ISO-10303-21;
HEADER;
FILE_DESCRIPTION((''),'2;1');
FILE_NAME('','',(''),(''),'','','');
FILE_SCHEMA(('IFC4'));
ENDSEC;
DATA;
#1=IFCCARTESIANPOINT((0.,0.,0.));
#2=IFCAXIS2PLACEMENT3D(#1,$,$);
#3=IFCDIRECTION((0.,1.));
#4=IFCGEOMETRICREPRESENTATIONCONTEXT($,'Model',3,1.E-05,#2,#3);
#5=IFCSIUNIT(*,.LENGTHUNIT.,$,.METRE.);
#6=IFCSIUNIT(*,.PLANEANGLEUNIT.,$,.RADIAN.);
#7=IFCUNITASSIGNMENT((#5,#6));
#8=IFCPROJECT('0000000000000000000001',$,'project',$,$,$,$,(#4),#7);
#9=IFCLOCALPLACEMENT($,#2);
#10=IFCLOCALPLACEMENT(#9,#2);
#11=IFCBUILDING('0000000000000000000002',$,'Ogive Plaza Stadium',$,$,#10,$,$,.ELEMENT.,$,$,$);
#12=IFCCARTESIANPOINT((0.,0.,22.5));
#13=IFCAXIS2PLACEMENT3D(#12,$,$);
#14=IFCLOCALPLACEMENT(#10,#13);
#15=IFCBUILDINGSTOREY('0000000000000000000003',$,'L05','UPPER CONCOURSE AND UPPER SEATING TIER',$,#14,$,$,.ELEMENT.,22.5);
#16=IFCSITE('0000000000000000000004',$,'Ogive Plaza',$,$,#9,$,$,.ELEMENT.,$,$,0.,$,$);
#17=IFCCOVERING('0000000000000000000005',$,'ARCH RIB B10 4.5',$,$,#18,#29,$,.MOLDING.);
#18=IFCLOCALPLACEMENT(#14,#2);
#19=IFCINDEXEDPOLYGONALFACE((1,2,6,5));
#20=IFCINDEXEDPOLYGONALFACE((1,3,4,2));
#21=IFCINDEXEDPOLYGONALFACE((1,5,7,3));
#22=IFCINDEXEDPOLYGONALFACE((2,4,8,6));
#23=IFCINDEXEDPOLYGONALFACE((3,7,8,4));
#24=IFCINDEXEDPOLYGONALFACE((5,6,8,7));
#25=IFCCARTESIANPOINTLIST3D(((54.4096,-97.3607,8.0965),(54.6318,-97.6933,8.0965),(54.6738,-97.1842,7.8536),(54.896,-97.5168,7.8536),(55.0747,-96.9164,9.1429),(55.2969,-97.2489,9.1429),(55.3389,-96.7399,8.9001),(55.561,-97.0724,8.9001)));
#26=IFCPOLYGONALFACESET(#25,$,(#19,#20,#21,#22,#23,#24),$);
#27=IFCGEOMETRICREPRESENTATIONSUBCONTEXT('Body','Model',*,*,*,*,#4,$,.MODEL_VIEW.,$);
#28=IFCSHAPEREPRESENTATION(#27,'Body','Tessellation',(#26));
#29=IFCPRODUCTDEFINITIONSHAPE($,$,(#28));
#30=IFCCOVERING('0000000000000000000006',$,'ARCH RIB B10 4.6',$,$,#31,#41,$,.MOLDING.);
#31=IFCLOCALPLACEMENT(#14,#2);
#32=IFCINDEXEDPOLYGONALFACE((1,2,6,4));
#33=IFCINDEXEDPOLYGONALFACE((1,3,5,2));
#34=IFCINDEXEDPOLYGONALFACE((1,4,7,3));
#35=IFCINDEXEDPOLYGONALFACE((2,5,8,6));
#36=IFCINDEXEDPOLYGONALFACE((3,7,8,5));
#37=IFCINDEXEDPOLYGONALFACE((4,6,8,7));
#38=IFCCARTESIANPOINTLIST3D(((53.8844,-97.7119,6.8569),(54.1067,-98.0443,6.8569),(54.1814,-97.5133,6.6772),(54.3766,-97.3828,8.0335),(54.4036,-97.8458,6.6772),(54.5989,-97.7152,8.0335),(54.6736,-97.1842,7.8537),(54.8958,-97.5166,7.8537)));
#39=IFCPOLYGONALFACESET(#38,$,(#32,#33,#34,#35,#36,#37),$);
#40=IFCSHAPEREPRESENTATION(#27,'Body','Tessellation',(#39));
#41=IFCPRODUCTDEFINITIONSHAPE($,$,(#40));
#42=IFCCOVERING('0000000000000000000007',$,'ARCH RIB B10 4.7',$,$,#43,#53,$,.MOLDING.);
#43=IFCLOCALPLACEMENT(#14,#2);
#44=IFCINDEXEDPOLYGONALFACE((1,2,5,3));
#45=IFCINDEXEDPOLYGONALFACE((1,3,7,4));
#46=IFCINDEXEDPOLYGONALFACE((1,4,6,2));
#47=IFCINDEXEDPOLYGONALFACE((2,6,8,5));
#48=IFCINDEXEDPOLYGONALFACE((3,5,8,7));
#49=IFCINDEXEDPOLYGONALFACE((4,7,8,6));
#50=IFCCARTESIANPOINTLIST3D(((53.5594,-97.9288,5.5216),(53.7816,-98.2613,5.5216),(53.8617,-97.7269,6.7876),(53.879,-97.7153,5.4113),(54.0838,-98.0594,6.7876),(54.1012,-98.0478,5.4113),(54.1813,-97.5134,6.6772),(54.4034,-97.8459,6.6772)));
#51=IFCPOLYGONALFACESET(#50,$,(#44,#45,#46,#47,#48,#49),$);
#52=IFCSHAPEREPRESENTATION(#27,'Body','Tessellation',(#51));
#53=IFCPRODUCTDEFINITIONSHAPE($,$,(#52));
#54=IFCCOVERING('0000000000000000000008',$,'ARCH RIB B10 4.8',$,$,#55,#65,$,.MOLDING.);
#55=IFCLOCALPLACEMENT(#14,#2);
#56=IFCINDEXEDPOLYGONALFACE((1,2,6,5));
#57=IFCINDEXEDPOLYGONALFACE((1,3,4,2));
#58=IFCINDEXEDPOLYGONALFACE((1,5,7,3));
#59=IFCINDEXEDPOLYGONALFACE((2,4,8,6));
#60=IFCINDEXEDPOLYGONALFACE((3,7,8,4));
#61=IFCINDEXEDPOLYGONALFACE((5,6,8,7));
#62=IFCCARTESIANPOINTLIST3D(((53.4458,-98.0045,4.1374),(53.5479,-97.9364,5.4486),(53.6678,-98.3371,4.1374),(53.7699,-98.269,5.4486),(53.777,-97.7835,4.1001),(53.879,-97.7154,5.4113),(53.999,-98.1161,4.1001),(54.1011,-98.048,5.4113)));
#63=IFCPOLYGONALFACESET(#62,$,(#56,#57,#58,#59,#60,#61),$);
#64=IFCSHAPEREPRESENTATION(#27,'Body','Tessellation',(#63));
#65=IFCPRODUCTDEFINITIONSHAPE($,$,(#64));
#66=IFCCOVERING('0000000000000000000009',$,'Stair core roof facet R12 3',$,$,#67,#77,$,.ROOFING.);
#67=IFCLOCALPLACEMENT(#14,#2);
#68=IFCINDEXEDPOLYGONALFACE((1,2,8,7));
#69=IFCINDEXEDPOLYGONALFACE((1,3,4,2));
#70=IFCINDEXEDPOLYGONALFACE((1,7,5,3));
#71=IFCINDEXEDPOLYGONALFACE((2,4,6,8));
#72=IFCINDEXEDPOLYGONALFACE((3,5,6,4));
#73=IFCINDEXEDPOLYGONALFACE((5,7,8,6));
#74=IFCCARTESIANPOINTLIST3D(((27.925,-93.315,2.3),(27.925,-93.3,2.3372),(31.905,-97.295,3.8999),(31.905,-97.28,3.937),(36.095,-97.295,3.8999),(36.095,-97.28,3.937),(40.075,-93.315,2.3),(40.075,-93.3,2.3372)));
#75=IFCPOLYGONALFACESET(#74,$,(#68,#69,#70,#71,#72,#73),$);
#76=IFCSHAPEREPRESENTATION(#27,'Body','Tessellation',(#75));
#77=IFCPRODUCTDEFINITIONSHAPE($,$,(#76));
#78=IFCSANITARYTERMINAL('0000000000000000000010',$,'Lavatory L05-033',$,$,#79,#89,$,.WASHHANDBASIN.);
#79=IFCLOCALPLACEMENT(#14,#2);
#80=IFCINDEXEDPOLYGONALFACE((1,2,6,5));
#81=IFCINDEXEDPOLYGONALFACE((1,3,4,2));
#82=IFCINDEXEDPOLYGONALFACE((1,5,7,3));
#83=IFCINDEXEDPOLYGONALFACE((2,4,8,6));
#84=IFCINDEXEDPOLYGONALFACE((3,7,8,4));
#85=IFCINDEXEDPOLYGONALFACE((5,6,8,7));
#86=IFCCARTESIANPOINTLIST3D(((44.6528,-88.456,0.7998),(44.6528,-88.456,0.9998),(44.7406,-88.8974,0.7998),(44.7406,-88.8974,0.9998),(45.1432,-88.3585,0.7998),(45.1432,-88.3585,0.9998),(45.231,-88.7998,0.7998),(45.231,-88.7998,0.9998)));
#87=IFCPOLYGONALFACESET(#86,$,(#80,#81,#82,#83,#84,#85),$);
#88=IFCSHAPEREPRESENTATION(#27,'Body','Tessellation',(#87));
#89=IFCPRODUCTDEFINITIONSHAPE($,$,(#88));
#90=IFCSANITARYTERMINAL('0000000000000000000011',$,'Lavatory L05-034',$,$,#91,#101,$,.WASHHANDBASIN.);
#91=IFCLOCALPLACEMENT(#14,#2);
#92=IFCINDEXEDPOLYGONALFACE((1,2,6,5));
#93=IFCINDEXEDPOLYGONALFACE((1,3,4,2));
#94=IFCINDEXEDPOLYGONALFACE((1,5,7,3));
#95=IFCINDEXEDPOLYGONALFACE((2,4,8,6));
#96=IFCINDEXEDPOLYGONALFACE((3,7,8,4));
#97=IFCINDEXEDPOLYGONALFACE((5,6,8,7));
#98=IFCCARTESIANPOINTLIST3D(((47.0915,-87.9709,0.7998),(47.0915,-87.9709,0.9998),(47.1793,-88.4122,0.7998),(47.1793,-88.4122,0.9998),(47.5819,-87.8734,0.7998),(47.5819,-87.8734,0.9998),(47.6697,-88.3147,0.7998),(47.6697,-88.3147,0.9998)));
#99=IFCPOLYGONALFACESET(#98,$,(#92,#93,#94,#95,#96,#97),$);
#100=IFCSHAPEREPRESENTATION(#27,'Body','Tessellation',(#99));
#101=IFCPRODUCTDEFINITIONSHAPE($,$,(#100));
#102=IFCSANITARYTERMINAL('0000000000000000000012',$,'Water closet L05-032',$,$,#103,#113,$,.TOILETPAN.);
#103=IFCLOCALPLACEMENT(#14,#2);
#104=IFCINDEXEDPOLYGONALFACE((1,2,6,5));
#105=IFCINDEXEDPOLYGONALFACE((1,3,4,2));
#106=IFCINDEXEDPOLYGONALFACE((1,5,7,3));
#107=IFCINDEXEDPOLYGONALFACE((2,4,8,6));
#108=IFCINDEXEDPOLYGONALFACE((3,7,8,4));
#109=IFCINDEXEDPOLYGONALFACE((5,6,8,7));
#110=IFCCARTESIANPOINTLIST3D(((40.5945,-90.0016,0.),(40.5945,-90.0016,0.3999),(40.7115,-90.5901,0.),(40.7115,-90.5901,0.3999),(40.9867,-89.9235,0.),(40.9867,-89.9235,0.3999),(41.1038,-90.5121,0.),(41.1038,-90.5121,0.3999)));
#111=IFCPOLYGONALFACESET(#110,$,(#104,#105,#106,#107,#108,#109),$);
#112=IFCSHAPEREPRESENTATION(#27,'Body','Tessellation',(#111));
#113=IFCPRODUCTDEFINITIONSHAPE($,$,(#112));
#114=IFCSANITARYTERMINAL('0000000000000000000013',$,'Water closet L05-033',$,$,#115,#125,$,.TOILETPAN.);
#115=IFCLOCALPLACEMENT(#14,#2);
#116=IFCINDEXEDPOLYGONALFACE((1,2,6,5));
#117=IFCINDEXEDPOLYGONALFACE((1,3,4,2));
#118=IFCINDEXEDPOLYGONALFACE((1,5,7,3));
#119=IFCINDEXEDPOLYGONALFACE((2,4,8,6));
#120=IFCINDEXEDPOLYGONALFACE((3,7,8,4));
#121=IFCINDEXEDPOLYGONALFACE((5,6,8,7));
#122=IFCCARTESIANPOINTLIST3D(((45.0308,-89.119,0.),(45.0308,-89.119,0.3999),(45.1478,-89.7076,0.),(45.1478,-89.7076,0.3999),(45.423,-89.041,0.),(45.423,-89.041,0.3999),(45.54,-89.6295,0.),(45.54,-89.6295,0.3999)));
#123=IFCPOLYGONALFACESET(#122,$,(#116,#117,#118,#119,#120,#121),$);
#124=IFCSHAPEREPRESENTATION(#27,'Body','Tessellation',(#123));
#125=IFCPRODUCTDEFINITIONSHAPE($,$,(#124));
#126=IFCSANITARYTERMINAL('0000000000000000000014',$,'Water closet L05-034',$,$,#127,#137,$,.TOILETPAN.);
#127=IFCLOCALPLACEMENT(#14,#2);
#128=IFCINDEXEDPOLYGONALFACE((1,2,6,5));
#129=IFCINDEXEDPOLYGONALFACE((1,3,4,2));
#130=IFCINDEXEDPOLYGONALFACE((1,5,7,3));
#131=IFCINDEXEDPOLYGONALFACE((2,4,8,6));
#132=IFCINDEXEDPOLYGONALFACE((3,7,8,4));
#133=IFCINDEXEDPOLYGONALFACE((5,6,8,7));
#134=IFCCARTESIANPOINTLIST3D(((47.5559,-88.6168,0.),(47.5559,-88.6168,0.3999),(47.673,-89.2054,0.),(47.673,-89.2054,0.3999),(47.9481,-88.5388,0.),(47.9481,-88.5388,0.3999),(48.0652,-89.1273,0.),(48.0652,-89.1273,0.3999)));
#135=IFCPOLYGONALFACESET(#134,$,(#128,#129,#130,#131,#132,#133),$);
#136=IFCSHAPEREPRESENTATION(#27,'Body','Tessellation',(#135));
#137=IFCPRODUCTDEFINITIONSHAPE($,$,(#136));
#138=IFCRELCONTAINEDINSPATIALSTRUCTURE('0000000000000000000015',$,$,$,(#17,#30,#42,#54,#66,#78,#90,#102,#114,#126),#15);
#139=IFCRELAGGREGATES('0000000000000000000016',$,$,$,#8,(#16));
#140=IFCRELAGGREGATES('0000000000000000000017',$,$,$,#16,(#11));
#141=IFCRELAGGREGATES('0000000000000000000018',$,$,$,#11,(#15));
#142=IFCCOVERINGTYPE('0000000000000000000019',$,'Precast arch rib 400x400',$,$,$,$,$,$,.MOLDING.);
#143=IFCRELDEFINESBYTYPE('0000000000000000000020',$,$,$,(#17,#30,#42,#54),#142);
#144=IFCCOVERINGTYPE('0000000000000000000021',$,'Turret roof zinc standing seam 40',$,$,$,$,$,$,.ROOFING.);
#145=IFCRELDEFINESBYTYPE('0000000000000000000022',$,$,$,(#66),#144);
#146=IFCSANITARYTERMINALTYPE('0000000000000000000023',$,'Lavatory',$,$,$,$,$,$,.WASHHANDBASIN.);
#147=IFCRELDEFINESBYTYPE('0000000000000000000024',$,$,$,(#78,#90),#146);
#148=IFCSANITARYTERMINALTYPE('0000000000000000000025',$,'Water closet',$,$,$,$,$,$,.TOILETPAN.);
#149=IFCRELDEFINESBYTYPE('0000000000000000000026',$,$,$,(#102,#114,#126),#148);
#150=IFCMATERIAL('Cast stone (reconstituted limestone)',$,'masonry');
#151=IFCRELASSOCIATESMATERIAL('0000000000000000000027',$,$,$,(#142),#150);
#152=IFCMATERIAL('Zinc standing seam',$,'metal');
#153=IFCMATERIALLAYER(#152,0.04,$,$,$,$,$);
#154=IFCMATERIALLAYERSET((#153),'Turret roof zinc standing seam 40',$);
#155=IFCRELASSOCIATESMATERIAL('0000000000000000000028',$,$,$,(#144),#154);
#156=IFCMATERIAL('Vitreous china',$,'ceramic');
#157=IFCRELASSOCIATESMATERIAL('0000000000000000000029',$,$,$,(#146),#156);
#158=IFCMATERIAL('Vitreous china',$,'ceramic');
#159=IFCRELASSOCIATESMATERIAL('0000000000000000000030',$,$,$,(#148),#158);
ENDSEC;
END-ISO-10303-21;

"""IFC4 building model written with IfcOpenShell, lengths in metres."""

from ifc_helpers import new_model, si_unit, direction, frame, origin, origin_2d, place, context, subcontext, project, spatial, polyline, rectangle, outline, extrude, material, layer, layer_set, material_profile, profile_set, type_object, element, save


model = new_model("IFC4")

# Units and contexts
model_context = context("Model", 3, precision=1e-05, world=origin(), true_north=direction((0.0, 1.0)))
body_context = subcontext(model_context, "Body", "Model", "MODEL_VIEW")
ifc_project = project(units=[si_unit("LENGTHUNIT", "METRE"), si_unit("PLANEANGLEUNIT", "RADIAN")], contexts=[model_context])

# Site, building, storey
site_placement = place(None, origin())
site = spatial("IfcSite", under=ifc_project, at=site_placement, Name="Ogive Plaza", CompositionType="ELEMENT", RefElevation=0.0)
building_placement = place(site_placement, origin())
building = spatial("IfcBuilding", under=site, at=building_placement, Name="Ogive Plaza Stadium", CompositionType="ELEMENT")
storey_placement = place(building_placement, frame((0.0, 0.0, 22.5)))
storey = spatial("IfcBuildingStorey", under=building, at=storey_placement, Name="L05", Description="UPPER CONCOURSE AND UPPER SEATING TIER", CompositionType="ELEMENT", Elevation=22.5)

# Coverings
ifc_material_1 = material(Name="Cast stone (reconstituted limestone)", Category="masonry")
ifc_material_profile_1 = material_profile(ifc_material_1, rectangle(XDim=0.3999, YDim=0.3999, at=origin_2d()), Name="Cast stone 400x400")
ifc_profile_set_1 = profile_set([ifc_material_profile_1], Name="Cast stone (reconstituted limestone)")
covering_type_1 = type_object("IfcCoveringType", Name="Precast arch rib 400x400", PredefinedType="MOLDING", material=ifc_profile_set_1)
for number, where, z_axis, x_axis, name in (
    (1, (55.3179, -96.9944, 9.0215), (-0.504944, -0.337371, -0.794489), (0.555545, -0.831486, 0.0), "ARCH RIB B10 4.5"),
    (2, (54.6362, -97.4497, 7.9436), (-0.373692, -0.249869, -0.893264), (0.555842, -0.831288, 0.0), "ARCH RIB B10 4.6"),
    (3, (54.1326, -97.7864, 6.7324), (-0.229492, -0.153304, -0.961161), (0.555475, -0.831533, 0.0), "ARCH RIB B10 4.7"),
):
    element("IfcCovering", number, at=place(storey_placement, frame(where, z_axis=z_axis, x_axis=x_axis)), inside=storey, type_object=covering_type_1, Name=name, PredefinedType="MOLDING", context=body_context, shape_type="SweptSolid", body=[
        extrude(rectangle(XDim=0.3999, YDim=0.3999, at=origin_2d()), origin(), (0.0, 0.0, 1.0), 1.3171),
    ])
covering_1_placement = place(storey_placement, frame((53.8245, -97.9922, 5.4299), z_axis=(-0.077487, -0.05172, -0.995651), x_axis=(0.555159, -0.831744, 0.0)))
element("IfcCovering", 4, at=covering_1_placement, inside=storey, type_object=covering_type_1, Name="ARCH RIB B10 4.8", PredefinedType="MOLDING", context=body_context, shape_type="SweptSolid", body=[
    extrude(rectangle(XDim=0.3999, YDim=0.3999, at=origin_2d()), origin(), (0.0, 0.0, 1.0), 1.3169),
])
ifc_material_2 = material(Name="Zinc standing seam", Category="metal")
ifc_layer_1 = layer(ifc_material_2, 0.04)
ifc_layer_set_1 = layer_set([ifc_layer_1], Name="Turret roof zinc standing seam 40")
covering_type_2 = type_object("IfcCoveringType", Name="Turret roof zinc standing seam 40", PredefinedType="ROOFING", material=ifc_layer_set_1)
covering_2_placement = place(storey_placement, frame((40.075, -93.3, 2.3372), z_axis=(0.0, 0.37297, 0.927843), x_axis=(-1.0, 0.0, 0.0)))
element("IfcCovering", 5, at=covering_2_placement, inside=storey, type_object=covering_type_2, Name="Stair core roof facet R12 3", PredefinedType="ROOFING", context=body_context, shape_type="SweptSolid", body=[
    extrude(outline(polyline([(0.0, 0.0), (12.1499, 0.0), (8.1699, 4.2895), (3.98, 4.2895), (0.0, 0.0)])), origin(), (0.0, 0.0, -1.0), 0.04),
])

# Sanitary terminals
ifc_material_3 = material(Name="Vitreous china", Category="ceramic")
sanitary_terminal_type_1 = type_object("IfcSanitaryTerminalType", Name="Lavatory", PredefinedType="WASHHANDBASIN", material=ifc_material_3)
for number, where, z_axis, x_axis, name in (
    (6, (44.9419, -88.6279, 0.7998), (0.0, 0.0, 1.0), (-0.980785, -0.19509, 0.0), "Lavatory L05-033"),
    (7, (47.3806, -88.1428, 0.7998), (0.0, 0.0, 1.0), (-0.980785, -0.19509, 0.0), "Lavatory L05-034"),
):
    element("IfcSanitaryTerminal", number, at=place(storey_placement, frame(where, z_axis=z_axis, x_axis=x_axis)), inside=storey, type_object=sanitary_terminal_type_1, Name=name, PredefinedType="WASHHANDBASIN", context=body_context, shape_type="SweptSolid", body=[
        extrude(rectangle(XDim=0.5, YDim=0.45, at=origin_2d()), origin(), (0.0, 0.0, 1.0), 0.2),
    ])
ifc_material_4 = material(Name="Vitreous china", Category="ceramic")
sanitary_terminal_type_2 = type_object("IfcSanitaryTerminalType", Name="Water closet", PredefinedType="TOILETPAN", material=ifc_material_4)
for number, where, z_axis, x_axis, name in (
    (8, (40.8491, -90.2568, 0.0), (0.0, 0.0, 1.0), (0.980785, 0.19509, 0.0), "Water closet L05-032"),
    (9, (45.2854, -89.3743, 0.0), (0.0, 0.0, 1.0), (-0.980785, -0.19509, 0.0), "Water closet L05-033"),
    (10, (47.8105, -88.8721, 0.0), (0.0, 0.0, 1.0), (-0.980785, -0.19509, 0.0), "Water closet L05-034"),
):
    element("IfcSanitaryTerminal", number, at=place(storey_placement, frame(where, z_axis=z_axis, x_axis=x_axis)), inside=storey, type_object=sanitary_terminal_type_2, Name=name, PredefinedType="TOILETPAN", context=body_context, shape_type="SweptSolid", body=[
        extrude(rectangle(XDim=0.3999, YDim=0.6001, at=origin_2d()), origin(), (0.0, 0.0, 1.0), 0.3999),
    ])

save(model, "model.ifc")
